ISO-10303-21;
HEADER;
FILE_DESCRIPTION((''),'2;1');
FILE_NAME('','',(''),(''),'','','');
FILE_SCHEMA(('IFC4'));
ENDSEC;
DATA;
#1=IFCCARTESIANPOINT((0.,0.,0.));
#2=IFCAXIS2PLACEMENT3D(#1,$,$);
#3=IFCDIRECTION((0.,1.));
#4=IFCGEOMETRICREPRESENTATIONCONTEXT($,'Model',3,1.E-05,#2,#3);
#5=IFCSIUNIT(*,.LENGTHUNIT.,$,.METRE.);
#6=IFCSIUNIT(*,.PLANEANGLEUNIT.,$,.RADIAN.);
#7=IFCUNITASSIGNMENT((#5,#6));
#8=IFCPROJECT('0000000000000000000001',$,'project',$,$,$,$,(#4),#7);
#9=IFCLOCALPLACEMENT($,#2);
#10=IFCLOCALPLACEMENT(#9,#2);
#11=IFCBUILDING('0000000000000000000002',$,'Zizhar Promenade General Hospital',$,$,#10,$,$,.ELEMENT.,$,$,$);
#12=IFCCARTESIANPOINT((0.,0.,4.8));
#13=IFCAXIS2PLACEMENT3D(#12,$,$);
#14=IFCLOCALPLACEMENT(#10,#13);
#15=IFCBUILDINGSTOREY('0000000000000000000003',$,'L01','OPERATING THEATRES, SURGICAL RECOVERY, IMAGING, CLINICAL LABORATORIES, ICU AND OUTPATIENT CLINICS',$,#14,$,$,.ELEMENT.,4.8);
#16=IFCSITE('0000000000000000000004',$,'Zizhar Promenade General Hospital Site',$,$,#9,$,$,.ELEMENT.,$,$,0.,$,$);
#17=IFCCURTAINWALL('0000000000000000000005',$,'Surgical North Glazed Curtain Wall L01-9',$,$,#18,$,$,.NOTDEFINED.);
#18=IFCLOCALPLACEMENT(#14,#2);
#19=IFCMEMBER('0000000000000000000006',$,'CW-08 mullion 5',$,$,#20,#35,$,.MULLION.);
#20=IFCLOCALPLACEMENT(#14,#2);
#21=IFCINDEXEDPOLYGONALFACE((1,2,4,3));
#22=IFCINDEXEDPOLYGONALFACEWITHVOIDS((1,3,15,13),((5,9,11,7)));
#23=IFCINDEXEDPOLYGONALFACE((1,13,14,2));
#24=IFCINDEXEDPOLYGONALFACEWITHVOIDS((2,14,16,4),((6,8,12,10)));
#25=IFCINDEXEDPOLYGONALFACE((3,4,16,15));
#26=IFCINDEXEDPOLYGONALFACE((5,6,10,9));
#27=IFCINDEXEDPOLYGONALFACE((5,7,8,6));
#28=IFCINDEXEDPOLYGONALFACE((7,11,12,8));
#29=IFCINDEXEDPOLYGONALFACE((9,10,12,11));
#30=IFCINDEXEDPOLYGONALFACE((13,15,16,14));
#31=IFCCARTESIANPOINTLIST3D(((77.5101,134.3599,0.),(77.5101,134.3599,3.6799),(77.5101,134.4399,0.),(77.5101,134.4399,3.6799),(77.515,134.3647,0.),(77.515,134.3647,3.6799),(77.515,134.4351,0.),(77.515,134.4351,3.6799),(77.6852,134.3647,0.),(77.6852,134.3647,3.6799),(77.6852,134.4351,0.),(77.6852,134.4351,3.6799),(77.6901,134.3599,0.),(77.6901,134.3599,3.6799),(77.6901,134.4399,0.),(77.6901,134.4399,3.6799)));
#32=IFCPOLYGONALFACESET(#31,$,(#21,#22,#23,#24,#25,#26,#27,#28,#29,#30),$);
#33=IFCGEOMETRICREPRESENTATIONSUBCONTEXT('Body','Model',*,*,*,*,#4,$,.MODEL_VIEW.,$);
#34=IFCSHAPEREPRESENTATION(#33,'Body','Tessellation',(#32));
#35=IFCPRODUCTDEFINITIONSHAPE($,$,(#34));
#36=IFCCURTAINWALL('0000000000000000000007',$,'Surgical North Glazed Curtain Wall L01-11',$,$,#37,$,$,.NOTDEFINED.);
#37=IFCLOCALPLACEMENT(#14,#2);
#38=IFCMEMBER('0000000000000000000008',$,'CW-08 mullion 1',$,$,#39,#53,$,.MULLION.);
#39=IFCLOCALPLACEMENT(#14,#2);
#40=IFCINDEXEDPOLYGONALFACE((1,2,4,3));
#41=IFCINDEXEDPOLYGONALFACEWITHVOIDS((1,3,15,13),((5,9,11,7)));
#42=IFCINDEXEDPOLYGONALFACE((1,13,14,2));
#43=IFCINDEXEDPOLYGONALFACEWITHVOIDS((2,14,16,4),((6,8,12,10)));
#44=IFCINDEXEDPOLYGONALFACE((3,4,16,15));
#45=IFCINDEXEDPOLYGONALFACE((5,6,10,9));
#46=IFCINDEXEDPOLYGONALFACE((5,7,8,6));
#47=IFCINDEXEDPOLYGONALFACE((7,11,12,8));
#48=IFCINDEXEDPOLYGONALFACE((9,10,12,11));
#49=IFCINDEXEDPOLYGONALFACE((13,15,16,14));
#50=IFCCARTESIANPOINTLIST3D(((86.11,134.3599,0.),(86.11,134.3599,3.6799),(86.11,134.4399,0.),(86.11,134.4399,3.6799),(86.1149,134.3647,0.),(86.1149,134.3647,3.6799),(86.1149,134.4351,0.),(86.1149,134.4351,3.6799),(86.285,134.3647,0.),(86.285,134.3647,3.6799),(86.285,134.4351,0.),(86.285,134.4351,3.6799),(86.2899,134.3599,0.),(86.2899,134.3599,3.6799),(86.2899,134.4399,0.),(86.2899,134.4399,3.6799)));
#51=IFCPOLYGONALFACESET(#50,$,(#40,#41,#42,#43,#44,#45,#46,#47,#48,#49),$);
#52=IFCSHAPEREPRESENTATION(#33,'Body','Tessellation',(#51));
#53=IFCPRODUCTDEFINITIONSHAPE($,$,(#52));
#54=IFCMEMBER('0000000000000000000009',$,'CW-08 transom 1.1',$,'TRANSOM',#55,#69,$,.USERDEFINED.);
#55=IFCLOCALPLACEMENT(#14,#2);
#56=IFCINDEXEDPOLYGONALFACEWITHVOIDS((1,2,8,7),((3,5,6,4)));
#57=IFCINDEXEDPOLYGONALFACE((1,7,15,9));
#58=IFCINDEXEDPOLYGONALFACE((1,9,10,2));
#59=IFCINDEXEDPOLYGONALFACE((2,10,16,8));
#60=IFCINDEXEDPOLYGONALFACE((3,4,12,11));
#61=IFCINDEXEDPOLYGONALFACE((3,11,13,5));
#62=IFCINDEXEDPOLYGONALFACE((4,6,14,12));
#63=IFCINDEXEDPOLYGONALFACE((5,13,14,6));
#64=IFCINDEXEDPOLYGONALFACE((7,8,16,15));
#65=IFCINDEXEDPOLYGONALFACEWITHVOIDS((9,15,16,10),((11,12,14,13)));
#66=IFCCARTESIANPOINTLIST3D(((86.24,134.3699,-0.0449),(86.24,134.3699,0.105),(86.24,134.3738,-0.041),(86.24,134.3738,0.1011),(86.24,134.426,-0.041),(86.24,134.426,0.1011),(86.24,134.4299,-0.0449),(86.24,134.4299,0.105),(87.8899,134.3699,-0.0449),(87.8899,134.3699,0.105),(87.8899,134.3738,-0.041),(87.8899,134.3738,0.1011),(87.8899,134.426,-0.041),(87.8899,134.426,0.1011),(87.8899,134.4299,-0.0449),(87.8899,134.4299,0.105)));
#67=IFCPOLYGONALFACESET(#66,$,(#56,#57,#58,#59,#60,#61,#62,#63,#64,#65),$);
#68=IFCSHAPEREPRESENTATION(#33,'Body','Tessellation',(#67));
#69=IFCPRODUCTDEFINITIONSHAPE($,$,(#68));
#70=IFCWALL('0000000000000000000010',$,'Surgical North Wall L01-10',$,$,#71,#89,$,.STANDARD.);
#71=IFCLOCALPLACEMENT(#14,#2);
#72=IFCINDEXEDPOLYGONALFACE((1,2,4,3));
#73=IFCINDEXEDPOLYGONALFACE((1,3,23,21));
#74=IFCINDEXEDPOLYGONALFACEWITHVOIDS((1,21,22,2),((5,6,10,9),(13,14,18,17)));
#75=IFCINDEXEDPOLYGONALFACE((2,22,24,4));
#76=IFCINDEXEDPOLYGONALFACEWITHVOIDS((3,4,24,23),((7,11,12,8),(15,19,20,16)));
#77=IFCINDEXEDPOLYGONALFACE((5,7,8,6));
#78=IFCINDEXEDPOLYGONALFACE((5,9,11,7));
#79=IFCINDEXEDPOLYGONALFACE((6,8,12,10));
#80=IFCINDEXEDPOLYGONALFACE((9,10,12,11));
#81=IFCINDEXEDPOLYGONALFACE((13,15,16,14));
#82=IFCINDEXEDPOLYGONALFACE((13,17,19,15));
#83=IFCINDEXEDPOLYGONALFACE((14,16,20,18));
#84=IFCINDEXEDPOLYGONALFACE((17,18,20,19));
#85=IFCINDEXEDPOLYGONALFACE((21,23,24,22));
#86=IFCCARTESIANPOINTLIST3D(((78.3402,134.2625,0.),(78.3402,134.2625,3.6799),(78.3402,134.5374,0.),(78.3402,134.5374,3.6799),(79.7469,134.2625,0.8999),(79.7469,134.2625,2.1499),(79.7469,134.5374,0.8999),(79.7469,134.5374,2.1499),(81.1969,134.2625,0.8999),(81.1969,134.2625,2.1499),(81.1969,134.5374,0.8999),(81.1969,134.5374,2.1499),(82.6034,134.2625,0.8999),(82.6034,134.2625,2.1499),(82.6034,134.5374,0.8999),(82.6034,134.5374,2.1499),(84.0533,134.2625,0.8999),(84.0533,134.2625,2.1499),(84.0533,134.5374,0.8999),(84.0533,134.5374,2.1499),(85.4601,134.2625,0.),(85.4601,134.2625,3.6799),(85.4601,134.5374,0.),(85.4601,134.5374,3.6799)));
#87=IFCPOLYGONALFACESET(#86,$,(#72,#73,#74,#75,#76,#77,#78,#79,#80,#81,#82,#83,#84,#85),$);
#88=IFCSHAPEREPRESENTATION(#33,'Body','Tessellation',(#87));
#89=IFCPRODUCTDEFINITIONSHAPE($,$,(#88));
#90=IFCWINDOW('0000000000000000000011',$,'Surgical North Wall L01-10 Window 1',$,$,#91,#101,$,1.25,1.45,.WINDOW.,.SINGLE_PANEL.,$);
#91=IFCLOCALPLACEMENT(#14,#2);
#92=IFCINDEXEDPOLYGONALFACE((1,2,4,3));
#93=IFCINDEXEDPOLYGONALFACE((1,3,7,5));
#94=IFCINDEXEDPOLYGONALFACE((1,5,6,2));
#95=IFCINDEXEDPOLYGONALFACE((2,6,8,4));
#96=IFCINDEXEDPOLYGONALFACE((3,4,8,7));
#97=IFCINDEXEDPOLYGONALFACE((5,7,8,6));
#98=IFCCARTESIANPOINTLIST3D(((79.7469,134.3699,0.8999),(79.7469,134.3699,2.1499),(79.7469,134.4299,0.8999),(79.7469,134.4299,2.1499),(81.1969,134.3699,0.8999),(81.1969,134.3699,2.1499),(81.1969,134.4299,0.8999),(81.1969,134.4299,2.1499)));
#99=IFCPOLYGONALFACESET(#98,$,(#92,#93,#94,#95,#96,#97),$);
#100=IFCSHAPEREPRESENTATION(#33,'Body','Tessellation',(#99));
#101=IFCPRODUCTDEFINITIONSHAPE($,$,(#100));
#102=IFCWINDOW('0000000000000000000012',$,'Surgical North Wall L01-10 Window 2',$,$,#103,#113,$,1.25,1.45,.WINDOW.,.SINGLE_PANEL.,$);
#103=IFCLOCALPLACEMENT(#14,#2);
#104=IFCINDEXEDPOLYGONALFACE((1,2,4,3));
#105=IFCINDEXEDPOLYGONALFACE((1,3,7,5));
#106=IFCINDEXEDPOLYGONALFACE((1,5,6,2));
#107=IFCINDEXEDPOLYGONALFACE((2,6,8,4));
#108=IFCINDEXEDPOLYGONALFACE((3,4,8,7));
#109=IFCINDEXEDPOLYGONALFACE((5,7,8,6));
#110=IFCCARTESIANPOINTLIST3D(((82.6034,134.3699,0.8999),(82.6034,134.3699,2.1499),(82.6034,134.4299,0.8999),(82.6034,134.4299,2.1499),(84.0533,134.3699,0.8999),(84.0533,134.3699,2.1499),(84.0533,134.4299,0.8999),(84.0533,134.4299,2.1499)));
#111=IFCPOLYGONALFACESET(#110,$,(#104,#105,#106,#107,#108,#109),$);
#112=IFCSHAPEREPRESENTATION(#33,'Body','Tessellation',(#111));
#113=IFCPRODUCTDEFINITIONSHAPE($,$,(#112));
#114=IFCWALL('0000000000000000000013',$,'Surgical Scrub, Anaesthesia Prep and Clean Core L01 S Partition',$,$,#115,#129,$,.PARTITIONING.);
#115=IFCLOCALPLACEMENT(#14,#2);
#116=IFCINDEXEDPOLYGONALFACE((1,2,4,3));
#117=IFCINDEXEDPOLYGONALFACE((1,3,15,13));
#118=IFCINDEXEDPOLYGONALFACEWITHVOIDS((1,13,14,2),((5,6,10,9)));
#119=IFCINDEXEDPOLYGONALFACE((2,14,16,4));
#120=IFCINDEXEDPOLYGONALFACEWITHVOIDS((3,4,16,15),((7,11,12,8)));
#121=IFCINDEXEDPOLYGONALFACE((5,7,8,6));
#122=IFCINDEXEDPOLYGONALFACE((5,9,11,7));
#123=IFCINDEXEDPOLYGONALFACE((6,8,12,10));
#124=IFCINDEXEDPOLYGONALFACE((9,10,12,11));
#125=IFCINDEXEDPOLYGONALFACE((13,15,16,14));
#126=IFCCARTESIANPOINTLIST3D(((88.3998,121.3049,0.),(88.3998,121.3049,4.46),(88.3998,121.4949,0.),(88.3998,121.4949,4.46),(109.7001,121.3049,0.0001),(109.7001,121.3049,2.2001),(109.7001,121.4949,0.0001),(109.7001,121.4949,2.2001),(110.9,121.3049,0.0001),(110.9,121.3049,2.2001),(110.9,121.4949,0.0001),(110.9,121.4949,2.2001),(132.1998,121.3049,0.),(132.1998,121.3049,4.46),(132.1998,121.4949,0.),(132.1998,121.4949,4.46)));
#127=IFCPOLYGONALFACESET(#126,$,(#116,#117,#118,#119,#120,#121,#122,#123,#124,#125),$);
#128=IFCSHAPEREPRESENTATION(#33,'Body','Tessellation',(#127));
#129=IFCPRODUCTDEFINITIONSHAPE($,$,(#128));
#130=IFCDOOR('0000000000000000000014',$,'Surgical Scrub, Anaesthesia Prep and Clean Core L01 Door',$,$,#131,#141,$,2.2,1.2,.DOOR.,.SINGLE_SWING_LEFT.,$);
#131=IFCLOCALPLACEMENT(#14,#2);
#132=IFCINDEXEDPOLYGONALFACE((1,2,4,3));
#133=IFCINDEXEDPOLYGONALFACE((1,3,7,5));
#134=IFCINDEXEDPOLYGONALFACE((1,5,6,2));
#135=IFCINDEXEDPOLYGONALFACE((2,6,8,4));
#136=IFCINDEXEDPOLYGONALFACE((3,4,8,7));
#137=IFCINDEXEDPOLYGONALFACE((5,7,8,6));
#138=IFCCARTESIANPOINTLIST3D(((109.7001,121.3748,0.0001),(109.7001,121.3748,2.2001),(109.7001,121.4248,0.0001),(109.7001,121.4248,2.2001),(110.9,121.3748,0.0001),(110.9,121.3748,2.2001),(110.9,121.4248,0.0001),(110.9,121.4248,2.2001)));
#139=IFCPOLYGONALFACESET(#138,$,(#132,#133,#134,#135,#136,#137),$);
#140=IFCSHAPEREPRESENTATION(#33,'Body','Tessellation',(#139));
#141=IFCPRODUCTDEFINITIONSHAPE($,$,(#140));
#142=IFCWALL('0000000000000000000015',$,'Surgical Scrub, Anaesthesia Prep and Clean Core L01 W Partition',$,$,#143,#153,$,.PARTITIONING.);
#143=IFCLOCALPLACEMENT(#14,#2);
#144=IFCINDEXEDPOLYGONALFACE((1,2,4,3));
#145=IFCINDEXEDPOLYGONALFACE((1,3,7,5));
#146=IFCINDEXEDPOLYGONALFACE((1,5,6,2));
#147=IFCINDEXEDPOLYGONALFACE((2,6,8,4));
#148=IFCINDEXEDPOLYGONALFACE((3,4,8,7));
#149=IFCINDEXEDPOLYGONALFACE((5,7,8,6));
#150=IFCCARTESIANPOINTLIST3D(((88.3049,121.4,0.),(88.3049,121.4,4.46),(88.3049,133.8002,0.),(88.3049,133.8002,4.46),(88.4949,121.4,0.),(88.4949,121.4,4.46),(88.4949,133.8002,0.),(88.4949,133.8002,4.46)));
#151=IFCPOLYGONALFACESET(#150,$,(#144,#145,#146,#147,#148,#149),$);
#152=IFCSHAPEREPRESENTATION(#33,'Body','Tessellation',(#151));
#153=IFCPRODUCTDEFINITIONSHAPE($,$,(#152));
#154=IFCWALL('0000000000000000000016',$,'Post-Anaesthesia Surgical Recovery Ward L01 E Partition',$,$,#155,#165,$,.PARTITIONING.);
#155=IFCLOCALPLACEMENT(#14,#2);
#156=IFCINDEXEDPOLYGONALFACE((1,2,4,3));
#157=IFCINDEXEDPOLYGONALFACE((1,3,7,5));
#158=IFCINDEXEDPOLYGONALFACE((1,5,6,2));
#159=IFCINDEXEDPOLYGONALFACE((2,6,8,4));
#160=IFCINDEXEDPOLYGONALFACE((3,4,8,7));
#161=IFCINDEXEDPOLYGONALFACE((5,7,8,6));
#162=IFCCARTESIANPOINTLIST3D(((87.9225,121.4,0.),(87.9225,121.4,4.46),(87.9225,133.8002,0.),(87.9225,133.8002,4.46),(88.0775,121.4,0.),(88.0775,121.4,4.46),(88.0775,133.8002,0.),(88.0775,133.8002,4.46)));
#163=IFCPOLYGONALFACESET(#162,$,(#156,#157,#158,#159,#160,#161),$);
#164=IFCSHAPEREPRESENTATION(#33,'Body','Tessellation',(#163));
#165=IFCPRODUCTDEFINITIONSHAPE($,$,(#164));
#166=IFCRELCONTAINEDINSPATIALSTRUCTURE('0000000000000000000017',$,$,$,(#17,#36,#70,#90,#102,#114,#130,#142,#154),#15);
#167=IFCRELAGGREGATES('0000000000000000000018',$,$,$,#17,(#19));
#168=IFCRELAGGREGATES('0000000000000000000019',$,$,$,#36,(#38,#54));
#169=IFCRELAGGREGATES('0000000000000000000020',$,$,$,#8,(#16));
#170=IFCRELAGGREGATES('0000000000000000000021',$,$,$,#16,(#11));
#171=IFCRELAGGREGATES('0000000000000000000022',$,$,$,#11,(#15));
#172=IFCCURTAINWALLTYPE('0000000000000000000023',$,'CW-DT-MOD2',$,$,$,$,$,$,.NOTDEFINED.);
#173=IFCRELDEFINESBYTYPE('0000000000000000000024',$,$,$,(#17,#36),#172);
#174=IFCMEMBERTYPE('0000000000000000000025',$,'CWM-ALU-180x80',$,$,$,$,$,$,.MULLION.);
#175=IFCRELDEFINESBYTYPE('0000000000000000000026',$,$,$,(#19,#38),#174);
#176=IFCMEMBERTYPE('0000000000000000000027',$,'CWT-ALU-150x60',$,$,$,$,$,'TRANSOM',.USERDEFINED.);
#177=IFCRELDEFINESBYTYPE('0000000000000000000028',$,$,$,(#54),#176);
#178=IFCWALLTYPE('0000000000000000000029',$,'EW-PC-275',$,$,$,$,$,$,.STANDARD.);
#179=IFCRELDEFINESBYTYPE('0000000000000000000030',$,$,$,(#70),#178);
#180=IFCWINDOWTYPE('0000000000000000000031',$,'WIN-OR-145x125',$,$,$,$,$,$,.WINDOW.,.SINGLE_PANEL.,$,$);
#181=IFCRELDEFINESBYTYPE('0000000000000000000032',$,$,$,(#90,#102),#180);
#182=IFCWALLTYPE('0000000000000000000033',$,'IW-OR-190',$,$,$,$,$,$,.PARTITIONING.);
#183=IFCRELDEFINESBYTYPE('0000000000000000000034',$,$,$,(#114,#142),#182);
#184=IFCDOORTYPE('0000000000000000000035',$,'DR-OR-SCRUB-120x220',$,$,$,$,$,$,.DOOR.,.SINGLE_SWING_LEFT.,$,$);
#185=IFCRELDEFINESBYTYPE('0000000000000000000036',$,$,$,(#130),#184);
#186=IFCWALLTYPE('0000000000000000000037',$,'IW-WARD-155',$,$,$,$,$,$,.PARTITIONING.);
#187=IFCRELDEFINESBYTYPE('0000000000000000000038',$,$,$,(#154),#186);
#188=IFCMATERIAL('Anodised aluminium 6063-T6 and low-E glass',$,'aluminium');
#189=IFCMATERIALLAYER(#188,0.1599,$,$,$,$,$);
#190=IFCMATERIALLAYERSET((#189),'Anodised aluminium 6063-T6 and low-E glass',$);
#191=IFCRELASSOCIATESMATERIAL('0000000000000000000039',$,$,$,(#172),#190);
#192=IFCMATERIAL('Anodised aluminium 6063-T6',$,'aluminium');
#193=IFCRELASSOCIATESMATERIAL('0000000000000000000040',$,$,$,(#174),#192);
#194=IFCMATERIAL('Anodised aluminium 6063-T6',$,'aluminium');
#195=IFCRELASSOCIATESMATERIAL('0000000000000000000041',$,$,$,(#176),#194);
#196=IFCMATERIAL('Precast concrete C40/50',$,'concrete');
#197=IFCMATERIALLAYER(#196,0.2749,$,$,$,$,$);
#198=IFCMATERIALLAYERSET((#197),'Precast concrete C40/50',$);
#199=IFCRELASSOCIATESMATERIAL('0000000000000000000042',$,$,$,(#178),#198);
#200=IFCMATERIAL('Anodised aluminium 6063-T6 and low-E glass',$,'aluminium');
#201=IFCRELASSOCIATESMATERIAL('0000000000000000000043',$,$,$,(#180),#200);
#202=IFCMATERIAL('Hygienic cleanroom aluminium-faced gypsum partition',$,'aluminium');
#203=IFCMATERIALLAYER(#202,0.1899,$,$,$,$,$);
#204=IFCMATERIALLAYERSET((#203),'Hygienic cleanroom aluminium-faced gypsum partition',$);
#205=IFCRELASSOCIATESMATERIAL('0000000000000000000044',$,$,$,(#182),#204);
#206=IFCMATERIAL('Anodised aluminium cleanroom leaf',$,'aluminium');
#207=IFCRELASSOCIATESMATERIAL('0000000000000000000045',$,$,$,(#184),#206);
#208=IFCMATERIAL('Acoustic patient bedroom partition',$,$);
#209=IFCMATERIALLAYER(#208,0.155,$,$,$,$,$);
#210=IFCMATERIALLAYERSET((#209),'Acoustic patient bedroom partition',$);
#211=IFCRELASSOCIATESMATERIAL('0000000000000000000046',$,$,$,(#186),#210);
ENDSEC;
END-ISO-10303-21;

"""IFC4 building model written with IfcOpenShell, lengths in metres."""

from ifc_helpers import new_model, si_unit, direction, frame, frame_2d, origin, origin_2d, place, context, subcontext, project, spatial, rectangle, hollow_rectangle, extrude, material, layer, layer_set, material_profile, profile_set, type_object, element, fill, aggregate, save


model = new_model("IFC4")

# Units and contexts
model_context = context("Model", 3, precision=1e-05, world=origin(), true_north=direction((0.0, 1.0)))
body_context = subcontext(model_context, "Body", "Model", "MODEL_VIEW")
ifc_project = project(units=[si_unit("LENGTHUNIT", "METRE"), si_unit("PLANEANGLEUNIT", "RADIAN")], contexts=[model_context])

# Site, building, storey
site_placement = place(None, origin())
site = spatial("IfcSite", under=ifc_project, at=site_placement, Name="Zizhar Promenade General Hospital Site", CompositionType="ELEMENT", RefElevation=0.0)
building_placement = place(site_placement, origin())
building = spatial("IfcBuilding", under=site, at=building_placement, Name="Zizhar Promenade General Hospital", CompositionType="ELEMENT")
storey_placement = place(building_placement, frame((0.0, 0.0, 4.8)))
storey = spatial("IfcBuildingStorey", under=building, at=storey_placement, Name="L01", Description="OPERATING THEATRES, SURGICAL RECOVERY, IMAGING, CLINICAL LABORATORIES, ICU AND OUTPATIENT CLINICS", CompositionType="ELEMENT", Elevation=4.8)

# Curtain wall, member
ifc_material_1 = material(Name="Anodised aluminium 6063-T6 and low-E glass", Category="aluminium")
ifc_layer_1 = layer(ifc_material_1, 0.1599)
ifc_layer_set_1 = layer_set([ifc_layer_1], Name="Anodised aluminium 6063-T6 and low-E glass")
curtain_wall_type = type_object("IfcCurtainWallType", Name="CW-DT-MOD2", PredefinedType="NOTDEFINED", material=ifc_layer_set_1)
curtain_wall_1_placement = place(storey_placement, origin())
curtain_wall_1 = element("IfcCurtainWall", 1, at=curtain_wall_1_placement, inside=storey, type_object=curtain_wall_type, Name="Surgical North Glazed Curtain Wall L01-9", PredefinedType="NOTDEFINED")
ifc_material_2 = material(Name="Anodised aluminium 6063-T6", Category="aluminium")
ifc_material_profile_1 = material_profile(ifc_material_2, hollow_rectangle(XDim=0.0801, YDim=0.1799, WallThickness=0.0049, at=origin_2d()))
ifc_profile_set_1 = profile_set([ifc_material_profile_1], Name="Anodised aluminium 6063-T6")
member_type_1 = type_object("IfcMemberType", Name="CWM-ALU-180x80", PredefinedType="MULLION", material=ifc_profile_set_1)
member_1_placement = place(storey_placement, frame((77.6001, 134.3999, 0.0), z_axis=(0.0, 0.0, 1.0), x_axis=(0.0, 1.0, 0.0)))
member_1 = element("IfcMember", 2, at=member_1_placement, type_object=member_type_1, Name="CW-08 mullion 5", PredefinedType="MULLION", context=body_context, shape_type="SweptSolid", body=[
    extrude(hollow_rectangle(XDim=0.0801, YDim=0.1799, WallThickness=0.0049, at=origin_2d()), origin(), (0.0, 0.0, 1.0), 3.6799),
])
aggregate(curtain_wall_1, [member_1])

# Curtain wall, members
curtain_wall_2_placement = place(storey_placement, origin())
curtain_wall_2 = element("IfcCurtainWall", 3, at=curtain_wall_2_placement, inside=storey, type_object=curtain_wall_type, Name="Surgical North Glazed Curtain Wall L01-11", PredefinedType="NOTDEFINED")
member_2_placement = place(storey_placement, frame((86.2, 134.3999, 0.0), z_axis=(0.0, 0.0, 1.0), x_axis=(0.0, 1.0, 0.0)))
member_2 = element("IfcMember", 4, at=member_2_placement, type_object=member_type_1, Name="CW-08 mullion 1", PredefinedType="MULLION", context=body_context, shape_type="SweptSolid", body=[
    extrude(hollow_rectangle(XDim=0.0801, YDim=0.1799, WallThickness=0.0049, at=origin_2d()), origin(), (0.0, 0.0, 1.0), 3.6799),
])
ifc_material_3 = material(Name="Anodised aluminium 6063-T6", Category="aluminium")
ifc_material_profile_2 = material_profile(ifc_material_3, hollow_rectangle(XDim=0.0601, YDim=0.1499, WallThickness=0.0039, at=origin_2d()))
ifc_profile_set_2 = profile_set([ifc_material_profile_2], Name="Anodised aluminium 6063-T6")
member_type_2 = type_object("IfcMemberType", Name="CWT-ALU-150x60", ElementType="TRANSOM", PredefinedType="USERDEFINED", material=ifc_profile_set_2)
member_3_placement = place(storey_placement, frame((86.24, 134.3999, 0.03), z_axis=(1.0, 0.0, 0.0), x_axis=(0.0, 1.0, 0.0)))
member_3 = element("IfcMember", 5, at=member_3_placement, type_object=member_type_2, Name="CW-08 transom 1.1", ObjectType="TRANSOM", PredefinedType="USERDEFINED", context=body_context, shape_type="SweptSolid", body=[
    extrude(hollow_rectangle(XDim=0.0601, YDim=0.1499, WallThickness=0.0039, at=origin_2d()), origin(), (0.0, 0.0, 1.0), 1.6499),
])
aggregate(curtain_wall_2, [member_2, member_3])

# Wall, openings, windows
ifc_material_4 = material(Name="Precast concrete C40/50", Category="concrete")
ifc_layer_2 = layer(ifc_material_4, 0.2749)
ifc_layer_set_2 = layer_set([ifc_layer_2], Name="Precast concrete C40/50")
wall_type_1 = type_object("IfcWallType", Name="EW-PC-275", PredefinedType="STANDARD", material=ifc_layer_set_2)
wall_1_placement = place(storey_placement, frame((78.3401, 134.3999, 0.0), z_axis=(0.0, 0.0, 1.0), x_axis=(1.0, 0.0, 0.0)))
wall_1 = element("IfcWall", 6, at=wall_1_placement, inside=storey, type_object=wall_type_1, Name="Surgical North Wall L01-10", PredefinedType="STANDARD", context=body_context, shape_type="SweptSolid", body=[
    extrude(rectangle(XDim=7.1199, YDim=0.2749, at=frame_2d((3.5601, 0.0))), origin(), (0.0, 0.0, 1.0), 3.6799),
])
opening_1_placement = place(wall_1_placement, frame((1.4067, 0.0, 0.8999)))
opening_1 = element("IfcOpeningElement", 7, at=opening_1_placement, cuts=wall_1, PredefinedType="OPENING", context=body_context, shape_type="SweptSolid", body=[
    extrude(rectangle(XDim=1.45, YDim=1.25, at=frame_2d((0.7251, 0.625))), frame((0.0, 0.1475, 0.0), z_axis=(0.0, -1.0, 0.0), x_axis=(1.0, 0.0, 0.0)), (0.0, 0.0, 1.0), 0.2949),
])
opening_2_placement = place(wall_1_placement, frame((4.2632, 0.0, 0.8999)))
opening_2 = element("IfcOpeningElement", 8, at=opening_2_placement, cuts=wall_1, PredefinedType="OPENING", context=body_context, shape_type="SweptSolid", body=[
    extrude(rectangle(XDim=1.45, YDim=1.25, at=frame_2d((0.7251, 0.625))), frame((0.0, 0.1475, 0.0), z_axis=(0.0, -1.0, 0.0), x_axis=(1.0, 0.0, 0.0)), (0.0, 0.0, 1.0), 0.2949),
])
ifc_material_5 = material(Name="Anodised aluminium 6063-T6 and low-E glass", Category="aluminium")
window_type = type_object("IfcWindowType", Name="WIN-OR-145x125", PartitioningType="SINGLE_PANEL", PredefinedType="WINDOW", material=ifc_material_5)
window_1_placement = place(opening_1_placement, origin())
window_1 = element("IfcWindow", 9, at=window_1_placement, inside=storey, type_object=window_type, Name="Surgical North Wall L01-10 Window 1", OverallHeight=1.25, OverallWidth=1.45, PartitioningType="SINGLE_PANEL", PredefinedType="WINDOW", context=body_context, shape_type="SweptSolid", body=[
    extrude(rectangle(XDim=1.45, YDim=1.25, at=frame_2d((0.7251, 0.625))), frame((0.0, 0.03, 0.0), z_axis=(0.0, -1.0, 0.0), x_axis=(1.0, 0.0, 0.0)), (0.0, 0.0, 1.0), 0.0601),
])
fill(opening_1, window_1)
window_2_placement = place(opening_2_placement, origin())
window_2 = element("IfcWindow", 10, at=window_2_placement, inside=storey, type_object=window_type, Name="Surgical North Wall L01-10 Window 2", OverallHeight=1.25, OverallWidth=1.45, PartitioningType="SINGLE_PANEL", PredefinedType="WINDOW", context=body_context, shape_type="SweptSolid", body=[
    extrude(rectangle(XDim=1.45, YDim=1.25, at=frame_2d((0.7251, 0.625))), frame((0.0, 0.03, 0.0), z_axis=(0.0, -1.0, 0.0), x_axis=(1.0, 0.0, 0.0)), (0.0, 0.0, 1.0), 0.0601),
])
fill(opening_2, window_2)

# Wall, opening, door
ifc_material_6 = material(Name="Hygienic cleanroom aluminium-faced gypsum partition", Category="aluminium")
ifc_layer_3 = layer(ifc_material_6, 0.1899)
ifc_layer_set_3 = layer_set([ifc_layer_3], Name="Hygienic cleanroom aluminium-faced gypsum partition")
wall_type_2 = type_object("IfcWallType", Name="IW-OR-190", PredefinedType="PARTITIONING", material=ifc_layer_set_3)
wall_2_placement = place(storey_placement, frame((88.3999, 121.3999, 0.0), z_axis=(0.0, 0.0, 1.0), x_axis=(1.0, 0.0, 0.0)))
wall_2 = element("IfcWall", 11, at=wall_2_placement, inside=storey, type_object=wall_type_2, Name="Surgical Scrub, Anaesthesia Prep and Clean Core L01 S Partition", PredefinedType="PARTITIONING", context=body_context, shape_type="SweptSolid", body=[
    extrude(rectangle(XDim=43.8, YDim=0.1899, at=frame_2d((21.8999, 0.0))), origin(), (0.0, 0.0, 1.0), 4.46),
])
opening_3_placement = place(wall_2_placement, frame((21.3, 0.0, 0.0)))
opening_3 = element("IfcOpeningElement", 12, at=opening_3_placement, cuts=wall_2, PredefinedType="OPENING", context=body_context, shape_type="SweptSolid", body=[
    extrude(rectangle(XDim=1.2, YDim=2.2, at=frame_2d((0.6001, 1.1001))), frame((0.0, 0.105, 0.0), z_axis=(0.0, -1.0, 0.0), x_axis=(1.0, 0.0, 0.0)), (0.0, 0.0, 1.0), 0.21),
])
ifc_material_7 = material(Name="Anodised aluminium cleanroom leaf", Category="aluminium")
door_type = type_object("IfcDoorType", Name="DR-OR-SCRUB-120x220", OperationType="SINGLE_SWING_LEFT", PredefinedType="DOOR", material=ifc_material_7)
door_placement = place(opening_3_placement, origin())
door = element("IfcDoor", 13, at=door_placement, inside=storey, type_object=door_type, Name="Surgical Scrub, Anaesthesia Prep and Clean Core L01 Door", OperationType="SINGLE_SWING_LEFT", OverallHeight=2.2, OverallWidth=1.2, PredefinedType="DOOR", context=body_context, shape_type="SweptSolid", body=[
    extrude(rectangle(XDim=1.2, YDim=2.2, at=frame_2d((0.6001, 1.1001))), frame((0.0, 0.0249, 0.0), z_axis=(0.0, -1.0, 0.0), x_axis=(1.0, 0.0, 0.0)), (0.0, 0.0, 1.0), 0.05),
])
fill(opening_3, door)

# Walls
wall_3_placement = place(storey_placement, frame((88.3999, 121.3999, 0.0), z_axis=(0.0, 0.0, 1.0), x_axis=(0.0, 1.0, 0.0)))
element("IfcWall", 14, at=wall_3_placement, inside=storey, type_object=wall_type_2, Name="Surgical Scrub, Anaesthesia Prep and Clean Core L01 W Partition", PredefinedType="PARTITIONING", context=body_context, shape_type="SweptSolid", body=[
    extrude(rectangle(XDim=12.4001, YDim=0.1899, at=frame_2d((6.2002, 0.0))), origin(), (0.0, 0.0, 1.0), 4.46),
])
ifc_material_8 = material(Name="Acoustic patient bedroom partition")
ifc_layer_4 = layer(ifc_material_8, 0.155)
ifc_layer_set_4 = layer_set([ifc_layer_4], Name="Acoustic patient bedroom partition")
wall_type_3 = type_object("IfcWallType", Name="IW-WARD-155", PredefinedType="PARTITIONING", material=ifc_layer_set_4)
wall_4_placement = place(storey_placement, frame((88.0, 121.3999, 0.0), z_axis=(0.0, 0.0, 1.0), x_axis=(0.0, 1.0, 0.0)))
element("IfcWall", 15, at=wall_4_placement, inside=storey, type_object=wall_type_3, Name="Post-Anaesthesia Surgical Recovery Ward L01 E Partition", PredefinedType="PARTITIONING", context=body_context, shape_type="SweptSolid", body=[
    extrude(rectangle(XDim=12.4001, YDim=0.155, at=frame_2d((6.2002, 0.0))), origin(), (0.0, 0.0, 1.0), 4.46),
])

save(model, "model.ifc")
